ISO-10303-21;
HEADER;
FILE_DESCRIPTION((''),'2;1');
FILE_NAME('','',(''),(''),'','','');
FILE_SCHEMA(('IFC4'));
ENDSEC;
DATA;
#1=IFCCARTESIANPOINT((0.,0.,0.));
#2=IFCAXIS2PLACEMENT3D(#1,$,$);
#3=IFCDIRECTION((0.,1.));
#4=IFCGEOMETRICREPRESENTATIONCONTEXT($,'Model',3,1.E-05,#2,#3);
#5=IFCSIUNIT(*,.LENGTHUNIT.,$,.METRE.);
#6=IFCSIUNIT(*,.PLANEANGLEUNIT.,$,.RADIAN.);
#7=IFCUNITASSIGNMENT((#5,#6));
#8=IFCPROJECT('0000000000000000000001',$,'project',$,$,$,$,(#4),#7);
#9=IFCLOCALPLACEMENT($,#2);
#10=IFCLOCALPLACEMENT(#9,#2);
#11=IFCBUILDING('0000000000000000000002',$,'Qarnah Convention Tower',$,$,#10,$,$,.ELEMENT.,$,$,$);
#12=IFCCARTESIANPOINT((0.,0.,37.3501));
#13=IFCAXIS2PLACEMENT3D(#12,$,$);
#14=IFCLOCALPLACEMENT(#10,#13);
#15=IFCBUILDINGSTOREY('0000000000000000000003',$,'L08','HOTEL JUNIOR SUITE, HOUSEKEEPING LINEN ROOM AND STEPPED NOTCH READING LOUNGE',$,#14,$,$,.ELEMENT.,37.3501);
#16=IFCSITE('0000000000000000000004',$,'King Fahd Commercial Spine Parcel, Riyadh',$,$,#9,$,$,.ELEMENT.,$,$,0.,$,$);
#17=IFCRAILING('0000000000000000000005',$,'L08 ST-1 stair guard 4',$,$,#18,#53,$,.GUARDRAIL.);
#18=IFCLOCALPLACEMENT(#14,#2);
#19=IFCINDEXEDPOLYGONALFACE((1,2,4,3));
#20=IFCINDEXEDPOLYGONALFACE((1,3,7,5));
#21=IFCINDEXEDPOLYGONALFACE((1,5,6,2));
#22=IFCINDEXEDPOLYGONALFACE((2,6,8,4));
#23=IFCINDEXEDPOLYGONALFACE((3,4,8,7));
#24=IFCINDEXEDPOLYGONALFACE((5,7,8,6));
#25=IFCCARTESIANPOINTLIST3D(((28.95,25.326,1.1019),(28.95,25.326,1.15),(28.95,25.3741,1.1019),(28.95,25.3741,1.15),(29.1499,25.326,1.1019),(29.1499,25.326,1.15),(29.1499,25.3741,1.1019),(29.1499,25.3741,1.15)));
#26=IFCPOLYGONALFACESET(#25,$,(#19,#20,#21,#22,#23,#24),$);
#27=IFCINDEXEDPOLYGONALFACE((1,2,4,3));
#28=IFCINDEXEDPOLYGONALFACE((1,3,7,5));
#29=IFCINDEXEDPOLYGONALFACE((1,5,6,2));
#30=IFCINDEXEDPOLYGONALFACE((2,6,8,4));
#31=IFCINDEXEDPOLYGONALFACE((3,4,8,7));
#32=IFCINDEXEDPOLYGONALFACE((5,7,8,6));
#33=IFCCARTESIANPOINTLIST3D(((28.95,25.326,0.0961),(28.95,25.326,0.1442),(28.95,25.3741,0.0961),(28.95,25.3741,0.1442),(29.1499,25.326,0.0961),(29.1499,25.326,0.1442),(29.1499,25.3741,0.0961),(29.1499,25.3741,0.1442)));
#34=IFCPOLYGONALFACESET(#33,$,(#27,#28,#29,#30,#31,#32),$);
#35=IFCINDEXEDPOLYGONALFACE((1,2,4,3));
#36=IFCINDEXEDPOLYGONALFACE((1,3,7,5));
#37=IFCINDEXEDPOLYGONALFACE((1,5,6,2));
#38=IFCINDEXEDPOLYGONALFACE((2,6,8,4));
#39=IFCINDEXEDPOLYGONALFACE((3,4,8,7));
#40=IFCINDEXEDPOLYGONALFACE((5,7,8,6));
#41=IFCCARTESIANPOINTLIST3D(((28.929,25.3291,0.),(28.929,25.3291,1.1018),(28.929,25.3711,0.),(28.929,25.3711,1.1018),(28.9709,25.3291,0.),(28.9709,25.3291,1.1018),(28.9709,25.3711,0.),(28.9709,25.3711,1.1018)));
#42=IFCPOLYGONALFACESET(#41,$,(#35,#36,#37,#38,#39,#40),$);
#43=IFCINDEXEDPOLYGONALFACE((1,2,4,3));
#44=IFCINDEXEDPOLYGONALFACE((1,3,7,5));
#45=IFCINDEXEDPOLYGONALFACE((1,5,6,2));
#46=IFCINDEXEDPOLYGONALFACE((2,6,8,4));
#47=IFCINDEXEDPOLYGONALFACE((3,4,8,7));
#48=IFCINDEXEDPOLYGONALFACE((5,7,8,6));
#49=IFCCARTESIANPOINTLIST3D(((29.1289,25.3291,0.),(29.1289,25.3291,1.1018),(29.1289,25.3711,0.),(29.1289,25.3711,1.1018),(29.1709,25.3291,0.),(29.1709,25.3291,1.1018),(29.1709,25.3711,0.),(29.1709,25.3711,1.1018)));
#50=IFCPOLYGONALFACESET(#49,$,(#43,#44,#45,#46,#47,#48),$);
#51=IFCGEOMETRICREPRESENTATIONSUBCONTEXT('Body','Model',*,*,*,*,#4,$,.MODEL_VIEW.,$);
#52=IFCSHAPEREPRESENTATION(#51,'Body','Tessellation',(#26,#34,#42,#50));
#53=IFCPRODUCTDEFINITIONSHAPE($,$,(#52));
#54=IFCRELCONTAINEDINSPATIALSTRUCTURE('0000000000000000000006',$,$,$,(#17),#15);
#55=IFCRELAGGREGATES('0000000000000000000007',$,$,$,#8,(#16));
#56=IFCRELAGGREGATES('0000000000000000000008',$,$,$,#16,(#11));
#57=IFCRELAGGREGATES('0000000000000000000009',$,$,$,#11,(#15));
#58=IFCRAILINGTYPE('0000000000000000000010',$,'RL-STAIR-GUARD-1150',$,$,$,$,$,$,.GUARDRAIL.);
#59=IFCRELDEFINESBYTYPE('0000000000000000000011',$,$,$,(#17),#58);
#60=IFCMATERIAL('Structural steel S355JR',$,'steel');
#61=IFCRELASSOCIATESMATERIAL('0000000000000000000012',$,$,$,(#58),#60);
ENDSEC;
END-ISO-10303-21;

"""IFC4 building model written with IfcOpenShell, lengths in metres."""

from ifc_helpers import new_model, si_unit, direction, frame, origin, origin_2d, place, context, subcontext, project, spatial, rectangle, extrude, material, type_object, element, save


model = new_model("IFC4")

# Units and contexts
model_context = context("Model", 3, precision=1e-05, world=origin(), true_north=direction((0.0, 1.0)))
body_context = subcontext(model_context, "Body", "Model", "MODEL_VIEW")
ifc_project = project(units=[si_unit("LENGTHUNIT", "METRE"), si_unit("PLANEANGLEUNIT", "RADIAN")], contexts=[model_context])

# Site, building, storey
site_placement = place(None, origin())
site = spatial("IfcSite", under=ifc_project, at=site_placement, Name="King Fahd Commercial Spine Parcel, Riyadh", CompositionType="ELEMENT", RefElevation=0.0)
building_placement = place(site_placement, origin())
building = spatial("IfcBuilding", under=site, at=building_placement, Name="Qarnah Convention Tower", CompositionType="ELEMENT")
storey_placement = place(building_placement, frame((0.0, 0.0, 37.3501)))
storey = spatial("IfcBuildingStorey", under=building, at=storey_placement, Name="L08", Description="HOTEL JUNIOR SUITE, HOUSEKEEPING LINEN ROOM AND STEPPED NOTCH READING LOUNGE", CompositionType="ELEMENT", Elevation=37.3501)

# Shared definitions
ifc_material_1 = material(Name="Structural steel S355JR", Category="steel")

# Railing
railing_type = type_object("IfcRailingType", Name="RL-STAIR-GUARD-1150", PredefinedType="GUARDRAIL", material=ifc_material_1)
railing_1_placement = place(storey_placement, frame((28.95, 25.3501, 0.0)))
element("IfcRailing", 1, at=railing_1_placement, inside=storey, type_object=railing_type, Name="L08 ST-1 stair guard 4", PredefinedType="GUARDRAIL", context=body_context, shape_type="SweptSolid", body=[
    extrude(rectangle(XDim=0.0481, YDim=0.0481, at=origin_2d()), frame((0.0, 0.0, 1.126), z_axis=(1.0, 0.0, 0.0), x_axis=(0.0, 1.0, 0.0)), (0.0, 0.0, 1.0), 0.2),
    extrude(rectangle(XDim=0.0481, YDim=0.0481, at=origin_2d()), frame((0.0, 0.0, 0.1201), z_axis=(1.0, 0.0, 0.0), x_axis=(0.0, 1.0, 0.0)), (0.0, 0.0, 1.0), 0.2),
    extrude(rectangle(XDim=0.042, YDim=0.042, at=origin_2d()), origin(), (0.0, 0.0, 1.0), 1.1018),
    extrude(rectangle(XDim=0.042, YDim=0.042, at=origin_2d()), frame((0.2, 0.0, 0.0)), (0.0, 0.0, 1.0), 1.1018),
])

save(model, "model.ifc")
